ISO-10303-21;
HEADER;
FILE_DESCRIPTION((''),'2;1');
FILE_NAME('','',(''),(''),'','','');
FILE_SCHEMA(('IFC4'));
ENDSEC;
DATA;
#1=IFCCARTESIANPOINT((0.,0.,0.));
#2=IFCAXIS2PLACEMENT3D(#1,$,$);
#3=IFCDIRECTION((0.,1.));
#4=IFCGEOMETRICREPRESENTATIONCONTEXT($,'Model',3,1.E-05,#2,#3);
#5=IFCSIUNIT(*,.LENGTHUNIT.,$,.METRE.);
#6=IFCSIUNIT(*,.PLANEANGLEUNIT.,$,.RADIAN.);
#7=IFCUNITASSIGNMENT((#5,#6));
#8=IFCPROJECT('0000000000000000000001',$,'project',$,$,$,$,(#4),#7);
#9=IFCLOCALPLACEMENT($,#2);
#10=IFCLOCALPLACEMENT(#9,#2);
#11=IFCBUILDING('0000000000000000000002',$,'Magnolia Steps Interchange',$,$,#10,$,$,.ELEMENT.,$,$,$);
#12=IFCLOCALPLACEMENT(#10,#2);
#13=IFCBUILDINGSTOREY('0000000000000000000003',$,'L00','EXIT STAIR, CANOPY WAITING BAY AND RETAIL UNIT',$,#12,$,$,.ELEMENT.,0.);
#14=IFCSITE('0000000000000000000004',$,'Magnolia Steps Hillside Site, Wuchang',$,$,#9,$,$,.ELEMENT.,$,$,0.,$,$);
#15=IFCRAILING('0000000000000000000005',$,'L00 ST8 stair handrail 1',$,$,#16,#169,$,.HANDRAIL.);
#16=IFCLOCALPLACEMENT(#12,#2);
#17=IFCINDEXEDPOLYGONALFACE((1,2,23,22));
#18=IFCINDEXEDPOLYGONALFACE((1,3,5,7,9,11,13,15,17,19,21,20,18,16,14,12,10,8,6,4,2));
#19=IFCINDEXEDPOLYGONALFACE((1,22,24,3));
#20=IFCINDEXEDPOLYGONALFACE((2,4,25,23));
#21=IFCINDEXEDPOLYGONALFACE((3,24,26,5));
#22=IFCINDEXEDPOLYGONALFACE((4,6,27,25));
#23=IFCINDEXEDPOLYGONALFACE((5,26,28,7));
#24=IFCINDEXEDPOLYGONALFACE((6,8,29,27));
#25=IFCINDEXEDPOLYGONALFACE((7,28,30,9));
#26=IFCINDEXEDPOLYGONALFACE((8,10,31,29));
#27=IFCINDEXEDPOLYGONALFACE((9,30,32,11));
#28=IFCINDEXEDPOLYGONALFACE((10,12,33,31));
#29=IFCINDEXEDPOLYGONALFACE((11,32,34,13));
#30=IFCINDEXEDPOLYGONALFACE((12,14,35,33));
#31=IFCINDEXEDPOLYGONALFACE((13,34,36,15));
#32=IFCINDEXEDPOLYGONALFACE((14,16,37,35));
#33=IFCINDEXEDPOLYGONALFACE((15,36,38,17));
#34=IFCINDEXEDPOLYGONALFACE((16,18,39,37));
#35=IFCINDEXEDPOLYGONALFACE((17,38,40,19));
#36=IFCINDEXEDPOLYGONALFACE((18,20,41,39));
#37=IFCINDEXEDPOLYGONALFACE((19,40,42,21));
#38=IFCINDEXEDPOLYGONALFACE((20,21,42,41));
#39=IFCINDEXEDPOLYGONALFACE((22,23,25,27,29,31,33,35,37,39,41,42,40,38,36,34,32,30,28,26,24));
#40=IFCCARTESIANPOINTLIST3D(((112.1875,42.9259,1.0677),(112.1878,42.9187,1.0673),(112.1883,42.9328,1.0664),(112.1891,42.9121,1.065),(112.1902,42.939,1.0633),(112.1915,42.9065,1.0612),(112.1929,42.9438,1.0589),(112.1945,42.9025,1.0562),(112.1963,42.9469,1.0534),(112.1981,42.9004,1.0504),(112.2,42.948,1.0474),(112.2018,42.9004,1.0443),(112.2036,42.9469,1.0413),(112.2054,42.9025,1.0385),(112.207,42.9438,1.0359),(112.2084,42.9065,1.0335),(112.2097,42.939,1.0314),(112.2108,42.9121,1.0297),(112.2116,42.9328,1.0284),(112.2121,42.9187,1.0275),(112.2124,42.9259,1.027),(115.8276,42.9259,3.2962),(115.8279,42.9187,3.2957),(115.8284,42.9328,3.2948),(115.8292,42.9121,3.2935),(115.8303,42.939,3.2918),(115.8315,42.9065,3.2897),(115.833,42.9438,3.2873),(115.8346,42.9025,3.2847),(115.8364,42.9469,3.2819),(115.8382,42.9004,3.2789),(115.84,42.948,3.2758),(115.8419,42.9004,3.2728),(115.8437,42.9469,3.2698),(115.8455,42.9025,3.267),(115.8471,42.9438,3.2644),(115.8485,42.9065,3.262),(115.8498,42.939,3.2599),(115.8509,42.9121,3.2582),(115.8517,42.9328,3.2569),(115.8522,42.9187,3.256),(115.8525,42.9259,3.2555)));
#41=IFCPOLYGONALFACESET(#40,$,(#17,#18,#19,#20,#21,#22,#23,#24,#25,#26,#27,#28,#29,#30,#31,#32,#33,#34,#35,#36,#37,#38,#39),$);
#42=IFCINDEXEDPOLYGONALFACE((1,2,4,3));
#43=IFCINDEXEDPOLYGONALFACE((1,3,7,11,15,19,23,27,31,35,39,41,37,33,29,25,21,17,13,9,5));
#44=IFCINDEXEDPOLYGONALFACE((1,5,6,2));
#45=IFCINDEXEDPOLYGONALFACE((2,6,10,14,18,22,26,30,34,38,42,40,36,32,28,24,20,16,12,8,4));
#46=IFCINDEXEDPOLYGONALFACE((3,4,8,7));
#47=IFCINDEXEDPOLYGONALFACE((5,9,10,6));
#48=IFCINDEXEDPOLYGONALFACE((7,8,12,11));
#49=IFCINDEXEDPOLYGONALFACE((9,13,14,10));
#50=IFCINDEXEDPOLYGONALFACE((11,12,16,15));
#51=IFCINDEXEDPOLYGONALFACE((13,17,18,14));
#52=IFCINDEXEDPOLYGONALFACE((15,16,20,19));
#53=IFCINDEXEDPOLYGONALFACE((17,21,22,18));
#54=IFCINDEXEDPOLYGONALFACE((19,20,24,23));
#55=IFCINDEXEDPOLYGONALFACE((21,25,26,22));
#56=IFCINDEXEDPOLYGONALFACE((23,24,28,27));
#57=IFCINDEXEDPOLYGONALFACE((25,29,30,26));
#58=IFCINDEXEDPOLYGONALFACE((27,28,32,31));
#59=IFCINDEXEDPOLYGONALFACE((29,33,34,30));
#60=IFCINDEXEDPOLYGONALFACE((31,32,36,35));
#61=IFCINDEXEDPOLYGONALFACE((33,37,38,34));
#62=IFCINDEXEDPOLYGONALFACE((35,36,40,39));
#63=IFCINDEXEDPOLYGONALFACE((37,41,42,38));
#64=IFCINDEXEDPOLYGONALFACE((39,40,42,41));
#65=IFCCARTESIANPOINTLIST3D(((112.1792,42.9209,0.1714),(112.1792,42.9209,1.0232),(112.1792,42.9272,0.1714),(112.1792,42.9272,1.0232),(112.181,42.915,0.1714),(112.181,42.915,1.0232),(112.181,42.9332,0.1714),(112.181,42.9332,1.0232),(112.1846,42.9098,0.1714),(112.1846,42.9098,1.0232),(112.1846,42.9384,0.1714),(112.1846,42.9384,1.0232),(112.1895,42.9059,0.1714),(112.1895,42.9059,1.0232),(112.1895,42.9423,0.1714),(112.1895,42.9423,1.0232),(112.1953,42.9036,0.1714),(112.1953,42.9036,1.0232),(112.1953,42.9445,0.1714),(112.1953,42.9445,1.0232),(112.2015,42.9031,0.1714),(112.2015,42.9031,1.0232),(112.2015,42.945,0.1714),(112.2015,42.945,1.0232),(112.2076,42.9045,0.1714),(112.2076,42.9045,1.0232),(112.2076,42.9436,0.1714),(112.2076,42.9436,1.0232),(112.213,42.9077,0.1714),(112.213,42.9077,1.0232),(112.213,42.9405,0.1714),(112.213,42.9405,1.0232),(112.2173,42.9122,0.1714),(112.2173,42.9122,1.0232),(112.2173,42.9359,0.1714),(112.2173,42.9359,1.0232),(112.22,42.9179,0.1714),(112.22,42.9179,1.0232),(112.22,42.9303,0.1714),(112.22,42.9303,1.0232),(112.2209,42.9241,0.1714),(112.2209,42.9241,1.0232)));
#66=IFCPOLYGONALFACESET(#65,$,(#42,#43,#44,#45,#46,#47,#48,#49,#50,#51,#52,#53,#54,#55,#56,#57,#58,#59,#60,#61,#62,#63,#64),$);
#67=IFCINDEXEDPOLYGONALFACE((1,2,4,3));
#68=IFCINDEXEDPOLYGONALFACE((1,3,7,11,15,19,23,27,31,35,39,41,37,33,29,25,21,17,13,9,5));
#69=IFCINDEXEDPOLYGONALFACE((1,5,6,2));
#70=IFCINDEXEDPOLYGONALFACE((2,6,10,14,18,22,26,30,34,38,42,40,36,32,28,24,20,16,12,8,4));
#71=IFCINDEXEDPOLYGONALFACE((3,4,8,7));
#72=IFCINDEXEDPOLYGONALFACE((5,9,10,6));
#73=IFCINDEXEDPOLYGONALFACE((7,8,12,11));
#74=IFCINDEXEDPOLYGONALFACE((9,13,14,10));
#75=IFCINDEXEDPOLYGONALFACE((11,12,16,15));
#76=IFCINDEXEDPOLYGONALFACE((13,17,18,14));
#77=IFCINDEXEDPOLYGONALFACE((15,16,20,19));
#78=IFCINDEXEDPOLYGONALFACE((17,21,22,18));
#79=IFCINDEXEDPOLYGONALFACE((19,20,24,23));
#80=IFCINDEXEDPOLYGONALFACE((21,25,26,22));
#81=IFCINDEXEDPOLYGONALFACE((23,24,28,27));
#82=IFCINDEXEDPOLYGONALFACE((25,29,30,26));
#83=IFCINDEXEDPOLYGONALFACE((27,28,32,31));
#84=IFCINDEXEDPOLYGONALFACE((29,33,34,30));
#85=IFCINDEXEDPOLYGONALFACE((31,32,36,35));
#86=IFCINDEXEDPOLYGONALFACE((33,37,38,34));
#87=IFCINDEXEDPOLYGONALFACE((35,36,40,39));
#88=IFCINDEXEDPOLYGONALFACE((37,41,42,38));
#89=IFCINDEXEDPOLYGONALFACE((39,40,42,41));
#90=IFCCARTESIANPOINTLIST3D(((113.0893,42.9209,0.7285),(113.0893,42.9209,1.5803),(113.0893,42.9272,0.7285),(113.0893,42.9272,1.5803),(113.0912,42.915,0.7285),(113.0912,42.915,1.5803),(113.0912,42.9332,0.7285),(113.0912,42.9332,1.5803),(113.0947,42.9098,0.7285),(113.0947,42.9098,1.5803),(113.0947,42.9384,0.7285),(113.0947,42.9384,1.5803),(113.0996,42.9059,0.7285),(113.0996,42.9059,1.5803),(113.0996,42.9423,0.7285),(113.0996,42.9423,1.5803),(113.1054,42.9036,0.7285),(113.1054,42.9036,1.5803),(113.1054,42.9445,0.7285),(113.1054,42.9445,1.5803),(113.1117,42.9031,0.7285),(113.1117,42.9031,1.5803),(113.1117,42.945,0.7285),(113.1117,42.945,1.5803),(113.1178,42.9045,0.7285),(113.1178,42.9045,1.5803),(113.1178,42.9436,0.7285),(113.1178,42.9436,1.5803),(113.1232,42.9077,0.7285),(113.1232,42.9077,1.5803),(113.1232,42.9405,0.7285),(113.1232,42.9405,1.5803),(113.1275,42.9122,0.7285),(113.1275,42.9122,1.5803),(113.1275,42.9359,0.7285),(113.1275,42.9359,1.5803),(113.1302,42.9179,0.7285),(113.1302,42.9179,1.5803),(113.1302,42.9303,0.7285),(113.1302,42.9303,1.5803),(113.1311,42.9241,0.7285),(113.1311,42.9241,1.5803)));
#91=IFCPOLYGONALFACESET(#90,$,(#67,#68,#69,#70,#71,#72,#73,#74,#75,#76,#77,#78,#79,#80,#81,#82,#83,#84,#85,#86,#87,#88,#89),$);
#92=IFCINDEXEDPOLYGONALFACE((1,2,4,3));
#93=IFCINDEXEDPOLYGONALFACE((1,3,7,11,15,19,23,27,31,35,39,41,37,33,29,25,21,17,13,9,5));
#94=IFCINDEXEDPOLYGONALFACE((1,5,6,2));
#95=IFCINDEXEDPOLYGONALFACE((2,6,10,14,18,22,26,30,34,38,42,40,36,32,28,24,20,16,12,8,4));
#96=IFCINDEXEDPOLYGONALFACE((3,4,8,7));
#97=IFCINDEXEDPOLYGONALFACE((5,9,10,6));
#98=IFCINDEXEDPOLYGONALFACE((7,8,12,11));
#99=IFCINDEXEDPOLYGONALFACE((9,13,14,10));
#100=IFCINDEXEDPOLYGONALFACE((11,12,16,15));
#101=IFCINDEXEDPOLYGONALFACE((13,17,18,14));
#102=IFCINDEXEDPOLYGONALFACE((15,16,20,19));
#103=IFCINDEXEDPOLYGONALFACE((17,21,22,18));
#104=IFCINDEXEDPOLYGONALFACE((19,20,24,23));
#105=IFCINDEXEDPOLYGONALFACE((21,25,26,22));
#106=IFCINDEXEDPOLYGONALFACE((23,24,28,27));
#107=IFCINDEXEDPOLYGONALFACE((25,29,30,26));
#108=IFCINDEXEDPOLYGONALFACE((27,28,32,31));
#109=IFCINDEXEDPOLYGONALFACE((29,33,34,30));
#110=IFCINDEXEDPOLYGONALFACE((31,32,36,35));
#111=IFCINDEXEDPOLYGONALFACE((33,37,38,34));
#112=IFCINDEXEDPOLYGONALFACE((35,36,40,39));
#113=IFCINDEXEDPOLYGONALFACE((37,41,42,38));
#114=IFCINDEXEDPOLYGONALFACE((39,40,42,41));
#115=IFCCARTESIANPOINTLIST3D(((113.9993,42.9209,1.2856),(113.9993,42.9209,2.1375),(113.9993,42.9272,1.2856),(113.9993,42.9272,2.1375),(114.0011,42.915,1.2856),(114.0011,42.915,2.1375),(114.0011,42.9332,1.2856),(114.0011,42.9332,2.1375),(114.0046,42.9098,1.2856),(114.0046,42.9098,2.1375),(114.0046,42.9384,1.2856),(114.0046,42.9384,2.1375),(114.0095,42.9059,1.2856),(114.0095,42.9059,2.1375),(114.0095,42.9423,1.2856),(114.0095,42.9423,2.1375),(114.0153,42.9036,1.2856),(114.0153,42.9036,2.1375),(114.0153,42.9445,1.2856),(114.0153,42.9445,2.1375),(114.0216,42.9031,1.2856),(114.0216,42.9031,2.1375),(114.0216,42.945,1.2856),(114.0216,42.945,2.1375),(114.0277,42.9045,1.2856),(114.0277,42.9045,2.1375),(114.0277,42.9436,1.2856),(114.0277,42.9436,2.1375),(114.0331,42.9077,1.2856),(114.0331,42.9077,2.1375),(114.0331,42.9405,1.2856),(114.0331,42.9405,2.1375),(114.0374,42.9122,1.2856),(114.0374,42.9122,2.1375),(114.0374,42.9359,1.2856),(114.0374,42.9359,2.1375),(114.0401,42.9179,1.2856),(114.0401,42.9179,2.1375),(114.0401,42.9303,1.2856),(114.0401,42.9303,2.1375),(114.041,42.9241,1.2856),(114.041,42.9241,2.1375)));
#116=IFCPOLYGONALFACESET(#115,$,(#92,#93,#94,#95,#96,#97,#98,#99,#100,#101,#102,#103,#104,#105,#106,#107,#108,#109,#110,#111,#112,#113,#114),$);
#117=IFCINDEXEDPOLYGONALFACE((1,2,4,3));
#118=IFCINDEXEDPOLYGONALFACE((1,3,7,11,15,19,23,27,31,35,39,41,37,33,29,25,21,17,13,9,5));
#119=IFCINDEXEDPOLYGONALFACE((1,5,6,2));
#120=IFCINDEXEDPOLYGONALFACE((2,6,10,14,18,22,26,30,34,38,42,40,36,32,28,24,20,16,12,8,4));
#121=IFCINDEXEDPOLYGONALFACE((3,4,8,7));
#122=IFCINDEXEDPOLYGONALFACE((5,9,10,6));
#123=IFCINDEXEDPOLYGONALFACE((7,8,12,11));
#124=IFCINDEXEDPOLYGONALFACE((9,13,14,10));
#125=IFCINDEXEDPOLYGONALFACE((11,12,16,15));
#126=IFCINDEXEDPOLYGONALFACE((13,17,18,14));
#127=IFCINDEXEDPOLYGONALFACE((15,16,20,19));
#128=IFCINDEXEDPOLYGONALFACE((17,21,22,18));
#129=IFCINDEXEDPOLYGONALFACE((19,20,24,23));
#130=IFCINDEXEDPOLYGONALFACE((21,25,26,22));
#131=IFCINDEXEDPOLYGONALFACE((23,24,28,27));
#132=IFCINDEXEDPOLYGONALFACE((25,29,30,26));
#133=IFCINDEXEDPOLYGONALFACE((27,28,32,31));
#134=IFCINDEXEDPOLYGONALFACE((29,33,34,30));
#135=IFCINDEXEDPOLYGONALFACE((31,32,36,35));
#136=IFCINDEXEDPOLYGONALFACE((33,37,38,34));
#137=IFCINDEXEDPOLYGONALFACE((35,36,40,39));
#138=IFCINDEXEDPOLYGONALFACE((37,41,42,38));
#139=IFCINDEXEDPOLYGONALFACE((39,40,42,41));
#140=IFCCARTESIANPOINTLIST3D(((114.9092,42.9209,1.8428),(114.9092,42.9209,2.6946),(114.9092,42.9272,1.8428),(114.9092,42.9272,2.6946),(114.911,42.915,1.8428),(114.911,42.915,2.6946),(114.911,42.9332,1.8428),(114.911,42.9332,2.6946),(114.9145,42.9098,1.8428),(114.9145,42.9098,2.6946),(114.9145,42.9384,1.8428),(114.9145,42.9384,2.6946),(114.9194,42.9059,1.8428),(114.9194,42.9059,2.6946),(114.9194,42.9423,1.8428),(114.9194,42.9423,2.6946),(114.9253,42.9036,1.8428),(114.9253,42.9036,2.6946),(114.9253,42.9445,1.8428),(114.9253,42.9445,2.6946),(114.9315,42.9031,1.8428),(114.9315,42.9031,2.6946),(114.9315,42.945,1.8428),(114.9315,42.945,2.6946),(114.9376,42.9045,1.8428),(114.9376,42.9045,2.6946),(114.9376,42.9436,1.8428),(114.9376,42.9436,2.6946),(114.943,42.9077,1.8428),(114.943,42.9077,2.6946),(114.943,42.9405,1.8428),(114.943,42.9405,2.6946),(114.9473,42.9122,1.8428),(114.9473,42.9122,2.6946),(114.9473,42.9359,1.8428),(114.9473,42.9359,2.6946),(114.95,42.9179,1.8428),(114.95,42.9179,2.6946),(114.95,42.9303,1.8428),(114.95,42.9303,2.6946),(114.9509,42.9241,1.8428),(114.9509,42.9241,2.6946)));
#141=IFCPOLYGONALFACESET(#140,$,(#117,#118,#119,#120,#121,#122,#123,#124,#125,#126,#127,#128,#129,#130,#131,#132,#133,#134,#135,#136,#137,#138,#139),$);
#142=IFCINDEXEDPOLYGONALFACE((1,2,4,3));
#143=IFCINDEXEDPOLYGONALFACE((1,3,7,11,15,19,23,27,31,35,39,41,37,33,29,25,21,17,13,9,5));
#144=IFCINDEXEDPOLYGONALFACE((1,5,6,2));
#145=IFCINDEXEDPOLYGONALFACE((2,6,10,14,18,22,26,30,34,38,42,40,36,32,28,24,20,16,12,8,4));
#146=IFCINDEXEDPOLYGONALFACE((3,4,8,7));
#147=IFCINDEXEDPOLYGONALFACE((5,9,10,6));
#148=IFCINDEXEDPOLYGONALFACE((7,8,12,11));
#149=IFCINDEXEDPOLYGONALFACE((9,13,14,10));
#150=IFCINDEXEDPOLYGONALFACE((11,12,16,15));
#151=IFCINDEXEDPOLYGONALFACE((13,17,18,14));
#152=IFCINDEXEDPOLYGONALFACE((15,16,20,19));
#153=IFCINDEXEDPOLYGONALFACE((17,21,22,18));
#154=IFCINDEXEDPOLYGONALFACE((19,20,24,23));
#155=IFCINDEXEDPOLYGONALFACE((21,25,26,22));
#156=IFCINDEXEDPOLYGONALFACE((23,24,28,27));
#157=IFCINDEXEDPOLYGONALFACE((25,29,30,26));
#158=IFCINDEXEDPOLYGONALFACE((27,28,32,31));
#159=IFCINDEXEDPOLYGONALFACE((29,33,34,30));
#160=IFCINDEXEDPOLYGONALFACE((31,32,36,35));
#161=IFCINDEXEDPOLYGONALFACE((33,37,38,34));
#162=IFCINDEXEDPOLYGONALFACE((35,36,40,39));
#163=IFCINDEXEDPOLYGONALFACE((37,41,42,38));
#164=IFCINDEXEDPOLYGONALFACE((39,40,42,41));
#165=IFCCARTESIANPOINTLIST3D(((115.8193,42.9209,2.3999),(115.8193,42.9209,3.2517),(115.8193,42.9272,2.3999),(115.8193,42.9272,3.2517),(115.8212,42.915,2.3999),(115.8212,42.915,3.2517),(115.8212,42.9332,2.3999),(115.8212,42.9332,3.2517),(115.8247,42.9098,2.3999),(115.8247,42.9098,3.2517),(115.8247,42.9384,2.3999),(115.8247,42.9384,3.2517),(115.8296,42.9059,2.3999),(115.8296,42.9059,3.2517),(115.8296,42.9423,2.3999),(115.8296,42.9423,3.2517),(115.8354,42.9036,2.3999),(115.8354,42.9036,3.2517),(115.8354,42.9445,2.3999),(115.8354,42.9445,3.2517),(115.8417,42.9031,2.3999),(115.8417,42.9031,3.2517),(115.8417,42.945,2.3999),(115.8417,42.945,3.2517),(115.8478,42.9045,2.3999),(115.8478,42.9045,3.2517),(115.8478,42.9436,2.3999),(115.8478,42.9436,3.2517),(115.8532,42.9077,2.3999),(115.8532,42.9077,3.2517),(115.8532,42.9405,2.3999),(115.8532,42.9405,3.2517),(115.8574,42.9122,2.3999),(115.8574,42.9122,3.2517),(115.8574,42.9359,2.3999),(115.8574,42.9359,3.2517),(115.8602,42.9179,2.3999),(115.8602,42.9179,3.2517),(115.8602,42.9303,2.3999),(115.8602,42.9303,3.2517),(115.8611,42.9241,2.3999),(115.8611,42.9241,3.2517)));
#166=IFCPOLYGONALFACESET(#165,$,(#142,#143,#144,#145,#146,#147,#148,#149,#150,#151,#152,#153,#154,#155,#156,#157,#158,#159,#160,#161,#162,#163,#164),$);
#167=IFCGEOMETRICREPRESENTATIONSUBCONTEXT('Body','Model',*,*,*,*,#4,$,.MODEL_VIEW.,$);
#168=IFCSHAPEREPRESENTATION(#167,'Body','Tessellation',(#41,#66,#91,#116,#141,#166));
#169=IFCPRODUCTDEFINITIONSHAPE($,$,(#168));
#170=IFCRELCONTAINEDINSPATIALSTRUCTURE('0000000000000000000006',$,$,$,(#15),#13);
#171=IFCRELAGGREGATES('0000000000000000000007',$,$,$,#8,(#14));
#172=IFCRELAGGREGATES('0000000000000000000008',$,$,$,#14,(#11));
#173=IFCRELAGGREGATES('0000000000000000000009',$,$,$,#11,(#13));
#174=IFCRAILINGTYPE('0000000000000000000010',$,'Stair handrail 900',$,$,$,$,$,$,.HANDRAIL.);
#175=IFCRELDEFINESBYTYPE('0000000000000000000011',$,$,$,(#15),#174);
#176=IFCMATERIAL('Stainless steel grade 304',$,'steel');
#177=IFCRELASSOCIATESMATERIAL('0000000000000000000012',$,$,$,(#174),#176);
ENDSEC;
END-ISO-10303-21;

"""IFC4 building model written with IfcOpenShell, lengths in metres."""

from ifc_helpers import new_model, si_unit, direction, frame, origin, origin_2d, place, context, subcontext, project, spatial, circle, extrude, material, type_object, element, save


model = new_model("IFC4")

# Units and contexts
model_context = context("Model", 3, precision=1e-05, world=origin(), true_north=direction((0.0, 1.0)))
body_context = subcontext(model_context, "Body", "Model", "MODEL_VIEW")
ifc_project = project(units=[si_unit("LENGTHUNIT", "METRE"), si_unit("PLANEANGLEUNIT", "RADIAN")], contexts=[model_context])

# Site, building, storey
site_placement = place(None, origin())
site = spatial("IfcSite", under=ifc_project, at=site_placement, Name="Magnolia Steps Hillside Site, Wuchang", CompositionType="ELEMENT", RefElevation=0.0)
building_placement = place(site_placement, origin())
building = spatial("IfcBuilding", under=site, at=building_placement, Name="Magnolia Steps Interchange", CompositionType="ELEMENT")
storey_placement = place(building_placement, origin())
storey = spatial("IfcBuildingStorey", under=building, at=storey_placement, Name="L00", Description="EXIT STAIR, CANOPY WAITING BAY AND RETAIL UNIT", CompositionType="ELEMENT", Elevation=0.0)

# Railing
ifc_material_1 = material(Name="Stainless steel grade 304", Category="steel")
railing_type_1 = type_object("IfcRailingType", Name="Stair handrail 900", PredefinedType="HANDRAIL", material=ifc_material_1)
for number, where, name in (
    (1, (112.2, 42.9241, 0.1714), "L00 ST8 stair handrail 1"),
):
    element("IfcRailing", number, at=place(storey_placement, frame(where)), inside=storey, type_object=railing_type_1, Name=name, PredefinedType="HANDRAIL", context=body_context, shape_type="SweptSolid", body=[
        extrude(circle(Radius=0.0239, at=origin_2d()), frame((0.0, 0.0, 0.876), z_axis=(0.852866, 0.0, 0.52213), x_axis=(0.0, 1.0, 0.0)), (0.0, 0.0, 1.0), 4.2681),
        extrude(circle(Radius=0.021, at=origin_2d()), origin(), (0.0, 0.0, 1.0), 0.8518),
        extrude(circle(Radius=0.021, at=origin_2d()), frame((0.9102, 0.0, 0.5571)), (0.0, 0.0, 1.0), 0.8518),
        extrude(circle(Radius=0.021, at=origin_2d()), frame((1.8201, 0.0, 1.1143)), (0.0, 0.0, 1.0), 0.8518),
        extrude(circle(Radius=0.021, at=origin_2d()), frame((2.73, 0.0, 1.6714)), (0.0, 0.0, 1.0), 0.8518),
        extrude(circle(Radius=0.021, at=origin_2d()), frame((3.6401, 0.0, 2.2285)), (0.0, 0.0, 1.0), 0.8518),
    ])

save(model, "model.ifc")
